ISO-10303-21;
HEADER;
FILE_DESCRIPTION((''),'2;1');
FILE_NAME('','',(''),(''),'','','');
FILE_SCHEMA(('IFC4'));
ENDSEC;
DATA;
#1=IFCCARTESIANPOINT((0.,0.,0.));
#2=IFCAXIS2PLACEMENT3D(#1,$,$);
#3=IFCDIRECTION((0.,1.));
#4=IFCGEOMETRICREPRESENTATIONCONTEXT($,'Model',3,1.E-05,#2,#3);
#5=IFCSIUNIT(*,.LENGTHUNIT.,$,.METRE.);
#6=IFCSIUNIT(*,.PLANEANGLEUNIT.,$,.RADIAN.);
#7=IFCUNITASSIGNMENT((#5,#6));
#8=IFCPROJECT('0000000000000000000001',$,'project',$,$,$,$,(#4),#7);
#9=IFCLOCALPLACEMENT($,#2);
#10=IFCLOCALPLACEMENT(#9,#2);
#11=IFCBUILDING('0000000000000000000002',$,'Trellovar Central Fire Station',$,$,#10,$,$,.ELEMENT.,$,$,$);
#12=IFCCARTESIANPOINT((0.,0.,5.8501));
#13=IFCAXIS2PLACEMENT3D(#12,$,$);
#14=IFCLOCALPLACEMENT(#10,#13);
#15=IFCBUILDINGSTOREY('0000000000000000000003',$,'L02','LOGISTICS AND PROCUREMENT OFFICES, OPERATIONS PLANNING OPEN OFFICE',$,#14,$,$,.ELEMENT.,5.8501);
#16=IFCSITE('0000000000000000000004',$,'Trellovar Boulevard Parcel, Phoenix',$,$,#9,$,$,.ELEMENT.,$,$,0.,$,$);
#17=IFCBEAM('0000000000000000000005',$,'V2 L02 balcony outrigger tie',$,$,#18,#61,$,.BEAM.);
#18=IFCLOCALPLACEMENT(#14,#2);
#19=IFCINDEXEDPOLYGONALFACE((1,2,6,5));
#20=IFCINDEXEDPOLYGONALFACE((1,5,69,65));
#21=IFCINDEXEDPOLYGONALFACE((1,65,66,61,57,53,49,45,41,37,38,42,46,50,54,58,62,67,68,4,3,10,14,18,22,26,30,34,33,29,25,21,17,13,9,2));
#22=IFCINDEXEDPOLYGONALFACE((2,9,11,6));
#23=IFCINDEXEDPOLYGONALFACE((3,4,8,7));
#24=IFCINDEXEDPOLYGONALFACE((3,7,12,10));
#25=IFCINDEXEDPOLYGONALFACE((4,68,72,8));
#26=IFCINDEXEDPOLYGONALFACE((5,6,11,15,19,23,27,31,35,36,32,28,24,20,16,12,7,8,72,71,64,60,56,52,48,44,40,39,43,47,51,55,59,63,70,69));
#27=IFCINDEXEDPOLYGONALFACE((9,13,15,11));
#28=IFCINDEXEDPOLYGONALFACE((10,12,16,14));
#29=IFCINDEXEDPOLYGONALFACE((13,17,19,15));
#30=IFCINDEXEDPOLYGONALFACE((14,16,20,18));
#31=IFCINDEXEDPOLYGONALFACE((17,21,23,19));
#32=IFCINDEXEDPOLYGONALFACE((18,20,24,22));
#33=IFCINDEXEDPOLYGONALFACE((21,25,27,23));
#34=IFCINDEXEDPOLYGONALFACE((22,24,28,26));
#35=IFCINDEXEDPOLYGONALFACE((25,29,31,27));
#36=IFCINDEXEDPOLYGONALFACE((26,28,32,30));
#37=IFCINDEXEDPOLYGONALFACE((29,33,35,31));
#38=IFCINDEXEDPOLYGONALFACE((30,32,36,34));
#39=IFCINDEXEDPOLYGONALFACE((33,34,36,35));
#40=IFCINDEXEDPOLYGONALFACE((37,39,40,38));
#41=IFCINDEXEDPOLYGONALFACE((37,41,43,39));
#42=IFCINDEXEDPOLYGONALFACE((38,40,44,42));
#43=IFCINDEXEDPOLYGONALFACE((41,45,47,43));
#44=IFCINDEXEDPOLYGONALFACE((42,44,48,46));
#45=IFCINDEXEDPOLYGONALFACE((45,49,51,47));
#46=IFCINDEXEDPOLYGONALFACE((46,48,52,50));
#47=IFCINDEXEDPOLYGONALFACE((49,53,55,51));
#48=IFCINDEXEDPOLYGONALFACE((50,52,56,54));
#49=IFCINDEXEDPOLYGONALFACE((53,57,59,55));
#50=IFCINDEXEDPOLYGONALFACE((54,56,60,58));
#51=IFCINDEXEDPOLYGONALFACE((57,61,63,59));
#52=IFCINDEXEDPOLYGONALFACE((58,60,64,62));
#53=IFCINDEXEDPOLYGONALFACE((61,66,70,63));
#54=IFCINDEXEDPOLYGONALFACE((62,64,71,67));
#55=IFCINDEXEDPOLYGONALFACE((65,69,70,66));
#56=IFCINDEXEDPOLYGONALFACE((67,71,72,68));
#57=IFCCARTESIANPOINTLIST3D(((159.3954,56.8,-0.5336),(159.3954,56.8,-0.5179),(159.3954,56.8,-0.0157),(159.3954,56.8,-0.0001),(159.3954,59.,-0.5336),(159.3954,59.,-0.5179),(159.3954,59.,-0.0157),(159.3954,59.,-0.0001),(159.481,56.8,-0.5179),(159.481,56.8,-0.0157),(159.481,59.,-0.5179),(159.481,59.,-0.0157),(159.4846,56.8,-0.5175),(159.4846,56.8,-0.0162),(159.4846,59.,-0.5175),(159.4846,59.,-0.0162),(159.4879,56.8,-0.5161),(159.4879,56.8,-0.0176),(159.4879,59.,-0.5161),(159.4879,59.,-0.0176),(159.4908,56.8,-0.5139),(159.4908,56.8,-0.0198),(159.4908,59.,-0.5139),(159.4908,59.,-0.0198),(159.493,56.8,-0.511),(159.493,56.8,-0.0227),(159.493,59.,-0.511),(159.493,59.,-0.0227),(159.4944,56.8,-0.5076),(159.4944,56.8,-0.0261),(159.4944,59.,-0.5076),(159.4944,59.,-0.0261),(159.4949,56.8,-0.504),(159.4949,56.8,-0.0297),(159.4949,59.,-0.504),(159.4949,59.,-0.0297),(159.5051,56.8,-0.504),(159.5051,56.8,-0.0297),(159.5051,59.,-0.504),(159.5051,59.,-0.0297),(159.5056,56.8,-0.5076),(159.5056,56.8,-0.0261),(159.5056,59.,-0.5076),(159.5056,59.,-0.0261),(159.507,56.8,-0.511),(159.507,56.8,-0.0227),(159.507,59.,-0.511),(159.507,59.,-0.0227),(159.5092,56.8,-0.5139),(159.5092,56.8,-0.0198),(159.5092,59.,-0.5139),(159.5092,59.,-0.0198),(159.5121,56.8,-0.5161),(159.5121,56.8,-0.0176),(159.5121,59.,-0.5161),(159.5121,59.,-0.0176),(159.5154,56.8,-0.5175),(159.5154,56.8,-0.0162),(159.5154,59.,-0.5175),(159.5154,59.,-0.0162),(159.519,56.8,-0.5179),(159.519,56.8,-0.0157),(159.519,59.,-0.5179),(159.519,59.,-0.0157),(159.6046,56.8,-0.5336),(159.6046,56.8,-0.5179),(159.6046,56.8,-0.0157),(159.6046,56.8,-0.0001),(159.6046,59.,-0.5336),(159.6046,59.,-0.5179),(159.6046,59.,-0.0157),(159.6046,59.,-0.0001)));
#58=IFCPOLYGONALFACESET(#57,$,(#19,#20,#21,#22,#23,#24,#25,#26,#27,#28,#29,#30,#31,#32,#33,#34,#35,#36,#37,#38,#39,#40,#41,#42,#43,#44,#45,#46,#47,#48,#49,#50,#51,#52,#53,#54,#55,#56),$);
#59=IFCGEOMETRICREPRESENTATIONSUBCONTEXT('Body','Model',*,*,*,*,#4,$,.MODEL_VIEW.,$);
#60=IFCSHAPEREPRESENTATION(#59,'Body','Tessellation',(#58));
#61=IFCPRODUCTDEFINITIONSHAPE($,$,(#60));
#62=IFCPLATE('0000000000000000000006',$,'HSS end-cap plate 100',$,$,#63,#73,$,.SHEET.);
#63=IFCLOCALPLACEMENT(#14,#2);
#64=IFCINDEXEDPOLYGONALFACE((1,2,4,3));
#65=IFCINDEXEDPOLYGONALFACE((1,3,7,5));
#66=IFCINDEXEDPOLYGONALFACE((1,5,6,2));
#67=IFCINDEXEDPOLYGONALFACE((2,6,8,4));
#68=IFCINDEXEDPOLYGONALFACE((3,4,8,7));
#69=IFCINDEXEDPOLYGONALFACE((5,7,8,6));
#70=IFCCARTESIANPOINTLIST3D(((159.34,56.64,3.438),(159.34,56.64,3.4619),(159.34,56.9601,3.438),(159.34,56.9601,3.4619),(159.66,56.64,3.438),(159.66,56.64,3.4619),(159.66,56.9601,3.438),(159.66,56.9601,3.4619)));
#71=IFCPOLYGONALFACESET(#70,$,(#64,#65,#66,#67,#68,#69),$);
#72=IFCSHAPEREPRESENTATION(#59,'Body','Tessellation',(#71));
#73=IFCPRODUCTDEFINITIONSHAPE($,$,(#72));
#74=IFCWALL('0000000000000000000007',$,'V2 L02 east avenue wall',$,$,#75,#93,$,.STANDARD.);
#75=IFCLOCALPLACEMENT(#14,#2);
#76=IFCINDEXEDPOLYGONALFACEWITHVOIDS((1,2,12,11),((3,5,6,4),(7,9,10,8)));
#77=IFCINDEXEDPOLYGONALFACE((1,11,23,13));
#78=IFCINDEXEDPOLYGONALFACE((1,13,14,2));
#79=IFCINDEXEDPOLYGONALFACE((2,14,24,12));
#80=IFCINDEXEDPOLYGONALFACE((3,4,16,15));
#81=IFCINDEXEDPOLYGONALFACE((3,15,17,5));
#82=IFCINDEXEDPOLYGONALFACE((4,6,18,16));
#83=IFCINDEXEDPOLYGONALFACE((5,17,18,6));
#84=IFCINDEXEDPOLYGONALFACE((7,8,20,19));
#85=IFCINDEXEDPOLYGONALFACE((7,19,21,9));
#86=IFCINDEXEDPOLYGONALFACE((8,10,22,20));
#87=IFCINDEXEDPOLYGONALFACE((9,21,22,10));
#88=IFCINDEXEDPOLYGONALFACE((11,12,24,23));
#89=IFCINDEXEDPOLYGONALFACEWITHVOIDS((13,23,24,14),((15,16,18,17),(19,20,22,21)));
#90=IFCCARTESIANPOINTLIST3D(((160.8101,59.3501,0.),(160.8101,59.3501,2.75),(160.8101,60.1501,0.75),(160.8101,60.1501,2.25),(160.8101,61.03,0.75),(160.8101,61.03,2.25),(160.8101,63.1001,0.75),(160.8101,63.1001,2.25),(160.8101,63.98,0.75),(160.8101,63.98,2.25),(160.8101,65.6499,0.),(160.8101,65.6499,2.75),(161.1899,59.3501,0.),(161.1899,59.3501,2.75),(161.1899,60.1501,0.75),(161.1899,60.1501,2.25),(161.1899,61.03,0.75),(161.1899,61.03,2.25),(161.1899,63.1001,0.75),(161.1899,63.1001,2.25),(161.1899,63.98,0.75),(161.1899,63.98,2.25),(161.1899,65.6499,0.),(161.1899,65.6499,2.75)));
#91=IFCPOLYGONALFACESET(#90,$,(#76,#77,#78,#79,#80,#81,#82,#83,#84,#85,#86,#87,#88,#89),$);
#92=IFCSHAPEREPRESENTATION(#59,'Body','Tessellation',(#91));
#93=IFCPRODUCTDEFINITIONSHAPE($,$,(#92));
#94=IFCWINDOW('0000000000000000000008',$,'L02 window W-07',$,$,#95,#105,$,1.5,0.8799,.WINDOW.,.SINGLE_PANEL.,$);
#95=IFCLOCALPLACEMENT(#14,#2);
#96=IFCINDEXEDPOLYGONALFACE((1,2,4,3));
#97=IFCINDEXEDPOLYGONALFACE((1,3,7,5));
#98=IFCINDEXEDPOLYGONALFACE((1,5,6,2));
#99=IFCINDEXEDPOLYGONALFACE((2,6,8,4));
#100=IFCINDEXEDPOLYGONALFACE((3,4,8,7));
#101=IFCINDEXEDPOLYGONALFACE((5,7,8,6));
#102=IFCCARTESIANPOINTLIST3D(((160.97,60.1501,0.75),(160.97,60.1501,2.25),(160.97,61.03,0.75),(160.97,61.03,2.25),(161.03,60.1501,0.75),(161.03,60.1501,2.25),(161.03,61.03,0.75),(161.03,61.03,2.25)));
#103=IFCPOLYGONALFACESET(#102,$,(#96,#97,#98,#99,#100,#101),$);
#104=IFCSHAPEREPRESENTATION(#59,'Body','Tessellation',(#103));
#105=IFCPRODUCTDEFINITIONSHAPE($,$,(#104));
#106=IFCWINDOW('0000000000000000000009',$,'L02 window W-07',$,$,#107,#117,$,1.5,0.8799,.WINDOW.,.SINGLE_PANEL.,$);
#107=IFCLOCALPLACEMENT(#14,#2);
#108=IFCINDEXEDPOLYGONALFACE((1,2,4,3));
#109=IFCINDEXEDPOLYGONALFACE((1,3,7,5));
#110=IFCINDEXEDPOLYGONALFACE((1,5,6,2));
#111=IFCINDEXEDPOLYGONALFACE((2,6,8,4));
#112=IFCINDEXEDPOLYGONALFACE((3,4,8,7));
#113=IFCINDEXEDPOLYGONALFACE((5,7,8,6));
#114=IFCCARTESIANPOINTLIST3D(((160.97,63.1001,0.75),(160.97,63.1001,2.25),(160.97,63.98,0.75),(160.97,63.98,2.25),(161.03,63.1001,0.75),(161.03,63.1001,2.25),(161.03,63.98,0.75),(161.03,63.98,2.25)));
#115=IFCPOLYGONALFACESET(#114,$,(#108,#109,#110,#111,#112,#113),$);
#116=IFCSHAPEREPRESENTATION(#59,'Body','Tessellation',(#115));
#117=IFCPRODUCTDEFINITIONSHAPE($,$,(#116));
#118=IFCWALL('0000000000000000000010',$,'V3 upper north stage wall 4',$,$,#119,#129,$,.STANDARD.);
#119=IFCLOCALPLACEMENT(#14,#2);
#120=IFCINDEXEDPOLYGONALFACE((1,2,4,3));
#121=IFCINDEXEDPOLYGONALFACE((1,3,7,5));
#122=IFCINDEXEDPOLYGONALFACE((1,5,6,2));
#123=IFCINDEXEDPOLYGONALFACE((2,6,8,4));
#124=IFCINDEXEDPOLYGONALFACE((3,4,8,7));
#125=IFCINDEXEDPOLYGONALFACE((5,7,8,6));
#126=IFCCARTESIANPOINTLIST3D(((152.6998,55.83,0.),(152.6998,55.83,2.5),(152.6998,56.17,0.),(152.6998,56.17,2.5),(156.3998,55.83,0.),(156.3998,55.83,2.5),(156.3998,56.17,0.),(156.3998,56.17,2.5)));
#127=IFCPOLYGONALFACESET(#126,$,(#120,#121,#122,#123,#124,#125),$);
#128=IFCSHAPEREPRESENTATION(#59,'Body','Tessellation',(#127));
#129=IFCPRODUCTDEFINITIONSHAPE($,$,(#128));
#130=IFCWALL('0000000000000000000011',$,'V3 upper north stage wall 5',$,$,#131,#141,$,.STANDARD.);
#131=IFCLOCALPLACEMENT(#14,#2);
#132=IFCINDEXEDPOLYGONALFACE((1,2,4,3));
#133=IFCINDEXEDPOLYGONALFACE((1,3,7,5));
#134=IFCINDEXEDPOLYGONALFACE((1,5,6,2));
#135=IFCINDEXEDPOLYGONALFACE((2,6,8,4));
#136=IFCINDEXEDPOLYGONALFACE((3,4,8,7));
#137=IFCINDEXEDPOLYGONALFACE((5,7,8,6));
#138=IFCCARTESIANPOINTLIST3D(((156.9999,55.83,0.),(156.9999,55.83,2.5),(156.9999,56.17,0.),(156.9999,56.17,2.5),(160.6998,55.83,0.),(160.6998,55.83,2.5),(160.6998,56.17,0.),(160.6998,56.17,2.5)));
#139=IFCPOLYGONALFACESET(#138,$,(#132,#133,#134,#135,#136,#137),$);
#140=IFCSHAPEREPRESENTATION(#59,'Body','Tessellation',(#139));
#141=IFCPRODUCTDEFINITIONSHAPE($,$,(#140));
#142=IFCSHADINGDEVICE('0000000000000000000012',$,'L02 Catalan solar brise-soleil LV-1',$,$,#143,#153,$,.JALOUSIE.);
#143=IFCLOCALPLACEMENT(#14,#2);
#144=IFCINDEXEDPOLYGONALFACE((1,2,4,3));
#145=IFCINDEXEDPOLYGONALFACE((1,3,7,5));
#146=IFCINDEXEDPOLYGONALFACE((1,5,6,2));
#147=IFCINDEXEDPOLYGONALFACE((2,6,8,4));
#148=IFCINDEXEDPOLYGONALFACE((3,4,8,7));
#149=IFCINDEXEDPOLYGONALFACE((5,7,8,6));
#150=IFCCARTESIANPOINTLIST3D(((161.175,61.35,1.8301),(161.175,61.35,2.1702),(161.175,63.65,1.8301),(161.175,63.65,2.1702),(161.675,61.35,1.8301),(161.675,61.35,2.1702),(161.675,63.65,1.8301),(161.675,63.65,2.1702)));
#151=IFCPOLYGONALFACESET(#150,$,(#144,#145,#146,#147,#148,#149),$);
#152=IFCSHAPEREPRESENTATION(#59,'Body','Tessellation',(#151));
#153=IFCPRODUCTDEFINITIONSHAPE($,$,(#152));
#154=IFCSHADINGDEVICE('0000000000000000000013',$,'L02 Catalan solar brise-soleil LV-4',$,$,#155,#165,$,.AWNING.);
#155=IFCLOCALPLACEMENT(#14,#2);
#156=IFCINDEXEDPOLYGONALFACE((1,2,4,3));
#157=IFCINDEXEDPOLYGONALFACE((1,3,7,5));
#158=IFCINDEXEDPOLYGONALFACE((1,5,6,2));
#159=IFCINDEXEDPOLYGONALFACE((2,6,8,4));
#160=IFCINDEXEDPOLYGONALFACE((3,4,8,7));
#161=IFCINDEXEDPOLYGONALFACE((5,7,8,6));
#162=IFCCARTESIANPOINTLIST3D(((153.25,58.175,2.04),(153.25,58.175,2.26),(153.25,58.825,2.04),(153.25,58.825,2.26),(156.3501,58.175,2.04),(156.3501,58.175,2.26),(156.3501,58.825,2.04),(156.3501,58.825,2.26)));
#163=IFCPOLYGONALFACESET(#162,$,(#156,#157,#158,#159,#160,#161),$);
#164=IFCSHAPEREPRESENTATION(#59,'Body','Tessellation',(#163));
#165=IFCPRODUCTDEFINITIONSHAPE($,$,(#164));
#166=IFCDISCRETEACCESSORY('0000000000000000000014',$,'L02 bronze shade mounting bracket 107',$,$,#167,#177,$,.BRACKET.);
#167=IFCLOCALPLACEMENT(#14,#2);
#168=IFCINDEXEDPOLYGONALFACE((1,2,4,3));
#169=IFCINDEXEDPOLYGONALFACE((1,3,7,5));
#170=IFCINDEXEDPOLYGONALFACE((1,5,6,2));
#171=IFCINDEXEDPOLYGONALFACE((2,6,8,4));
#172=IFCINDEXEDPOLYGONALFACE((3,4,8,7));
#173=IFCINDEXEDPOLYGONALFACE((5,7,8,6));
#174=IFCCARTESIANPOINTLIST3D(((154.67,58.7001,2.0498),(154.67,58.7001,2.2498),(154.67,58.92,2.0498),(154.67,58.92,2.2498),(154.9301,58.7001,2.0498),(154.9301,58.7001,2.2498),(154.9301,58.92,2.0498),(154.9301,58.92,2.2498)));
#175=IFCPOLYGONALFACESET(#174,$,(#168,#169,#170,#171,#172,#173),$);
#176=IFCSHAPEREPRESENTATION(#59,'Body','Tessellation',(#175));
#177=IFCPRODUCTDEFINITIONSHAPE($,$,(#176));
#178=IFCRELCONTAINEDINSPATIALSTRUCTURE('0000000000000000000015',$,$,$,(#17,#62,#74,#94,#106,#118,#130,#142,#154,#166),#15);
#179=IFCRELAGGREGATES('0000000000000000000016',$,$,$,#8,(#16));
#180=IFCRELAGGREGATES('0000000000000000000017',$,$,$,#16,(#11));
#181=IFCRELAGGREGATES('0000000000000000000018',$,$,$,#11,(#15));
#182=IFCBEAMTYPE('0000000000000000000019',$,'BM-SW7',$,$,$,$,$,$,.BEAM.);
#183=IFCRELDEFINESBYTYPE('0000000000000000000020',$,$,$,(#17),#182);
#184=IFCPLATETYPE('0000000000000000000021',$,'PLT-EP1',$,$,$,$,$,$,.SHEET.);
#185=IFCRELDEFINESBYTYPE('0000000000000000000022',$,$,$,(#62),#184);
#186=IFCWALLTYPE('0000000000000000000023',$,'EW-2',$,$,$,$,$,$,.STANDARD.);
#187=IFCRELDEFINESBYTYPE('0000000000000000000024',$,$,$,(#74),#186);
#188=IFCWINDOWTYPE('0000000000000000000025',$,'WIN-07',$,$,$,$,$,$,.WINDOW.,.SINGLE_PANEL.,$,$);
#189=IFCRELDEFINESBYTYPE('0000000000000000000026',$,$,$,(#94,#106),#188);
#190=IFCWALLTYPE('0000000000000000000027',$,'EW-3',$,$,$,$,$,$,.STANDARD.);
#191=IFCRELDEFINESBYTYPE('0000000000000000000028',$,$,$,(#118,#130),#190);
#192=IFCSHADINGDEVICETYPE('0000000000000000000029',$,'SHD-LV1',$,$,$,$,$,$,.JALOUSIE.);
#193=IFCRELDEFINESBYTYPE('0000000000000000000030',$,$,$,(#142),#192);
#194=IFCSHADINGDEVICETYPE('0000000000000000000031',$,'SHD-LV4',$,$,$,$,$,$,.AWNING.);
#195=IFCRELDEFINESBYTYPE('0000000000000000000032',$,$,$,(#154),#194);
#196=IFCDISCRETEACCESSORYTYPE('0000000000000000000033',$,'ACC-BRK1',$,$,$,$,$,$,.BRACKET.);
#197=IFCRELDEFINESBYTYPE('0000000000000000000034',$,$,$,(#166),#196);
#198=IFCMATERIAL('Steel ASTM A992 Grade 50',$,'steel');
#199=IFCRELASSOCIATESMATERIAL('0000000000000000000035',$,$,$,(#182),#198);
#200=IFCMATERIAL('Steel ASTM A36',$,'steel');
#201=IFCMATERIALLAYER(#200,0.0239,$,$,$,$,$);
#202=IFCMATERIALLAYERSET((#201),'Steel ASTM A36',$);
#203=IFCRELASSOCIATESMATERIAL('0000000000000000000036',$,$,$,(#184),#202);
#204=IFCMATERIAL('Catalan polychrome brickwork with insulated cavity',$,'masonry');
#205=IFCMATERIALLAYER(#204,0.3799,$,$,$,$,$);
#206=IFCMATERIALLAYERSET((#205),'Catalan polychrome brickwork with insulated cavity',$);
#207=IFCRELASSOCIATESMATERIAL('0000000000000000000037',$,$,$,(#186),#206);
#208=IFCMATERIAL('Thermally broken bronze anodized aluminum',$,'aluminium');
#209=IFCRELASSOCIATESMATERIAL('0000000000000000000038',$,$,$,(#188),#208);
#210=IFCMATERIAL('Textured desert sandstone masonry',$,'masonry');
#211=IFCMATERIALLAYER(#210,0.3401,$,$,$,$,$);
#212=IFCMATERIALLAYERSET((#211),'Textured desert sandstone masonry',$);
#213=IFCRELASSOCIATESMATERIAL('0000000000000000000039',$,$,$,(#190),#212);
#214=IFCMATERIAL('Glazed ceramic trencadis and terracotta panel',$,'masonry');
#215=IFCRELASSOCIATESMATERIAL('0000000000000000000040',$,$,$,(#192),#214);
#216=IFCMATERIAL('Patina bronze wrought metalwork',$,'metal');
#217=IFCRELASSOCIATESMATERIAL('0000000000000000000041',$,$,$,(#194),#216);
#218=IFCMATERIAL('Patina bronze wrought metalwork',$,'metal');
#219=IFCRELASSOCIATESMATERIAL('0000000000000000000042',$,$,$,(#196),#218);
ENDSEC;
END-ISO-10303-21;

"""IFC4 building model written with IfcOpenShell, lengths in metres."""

from ifc_helpers import new_model, si_unit, direction, frame, frame_2d, origin, origin_2d, place, context, subcontext, project, spatial, rectangle, i_section, extrude, material, layer, layer_set, material_profile, profile_set, type_object, element, fill, save


model = new_model("IFC4")

# Units and contexts
model_context = context("Model", 3, precision=1e-05, world=origin(), true_north=direction((0.0, 1.0)))
body_context = subcontext(model_context, "Body", "Model", "MODEL_VIEW")
ifc_project = project(units=[si_unit("LENGTHUNIT", "METRE"), si_unit("PLANEANGLEUNIT", "RADIAN")], contexts=[model_context])

# Site, building, storey
site_placement = place(None, origin())
site = spatial("IfcSite", under=ifc_project, at=site_placement, Name="Trellovar Boulevard Parcel, Phoenix", CompositionType="ELEMENT", RefElevation=0.0)
building_placement = place(site_placement, origin())
building = spatial("IfcBuilding", under=site, at=building_placement, Name="Trellovar Central Fire Station", CompositionType="ELEMENT")
storey_placement = place(building_placement, frame((0.0, 0.0, 5.8501)))
storey = spatial("IfcBuildingStorey", under=building, at=storey_placement, Name="L02", Description="LOGISTICS AND PROCUREMENT OFFICES, OPERATIONS PLANNING OPEN OFFICE", CompositionType="ELEMENT", Elevation=5.8501)

# Beam
ifc_material_1 = material(Name="Steel ASTM A992 Grade 50", Category="steel")
ifc_material_profile_1 = material_profile(ifc_material_1, i_section(OverallWidth=0.2092, OverallDepth=0.5334, WebThickness=0.0103, FlangeThickness=0.0156, FilletRadius=0.0139, at=origin_2d()), Name="W21X62")
ifc_profile_set_1 = profile_set([ifc_material_profile_1], Name="Steel ASTM A992 Grade 50")
beam_type_1 = type_object("IfcBeamType", Name="BM-SW7", PredefinedType="BEAM", material=ifc_profile_set_1)
beam_1_placement = place(storey_placement, frame((159.5, 56.8, -0.2668), z_axis=(0.0, 1.0, 0.0), x_axis=(-1.0, 0.0, 0.0)))
element("IfcBeam", 1, at=beam_1_placement, inside=storey, type_object=beam_type_1, Name="V2 L02 balcony outrigger tie", PredefinedType="BEAM", context=body_context, shape_type="SweptSolid", body=[
    extrude(i_section(OverallWidth=0.2092, OverallDepth=0.5334, WebThickness=0.0103, FlangeThickness=0.0156, FilletRadius=0.0139, at=origin_2d()), origin(), (0.0, 0.0, 1.0), 2.2),
])

# Plate
ifc_material_2 = material(Name="Steel ASTM A36", Category="steel")
ifc_layer_1 = layer(ifc_material_2, 0.0239)
ifc_layer_set_1 = layer_set([ifc_layer_1], Name="Steel ASTM A36")
plate_type = type_object("IfcPlateType", Name="PLT-EP1", PredefinedType="SHEET", material=ifc_layer_set_1)
plate_placement = place(storey_placement, frame((159.5, 56.8, 3.438), z_axis=(0.0, 0.0, 1.0), x_axis=(1.0, 0.0, 0.0)))
element("IfcPlate", 2, at=plate_placement, inside=storey, type_object=plate_type, Name="HSS end-cap plate 100", PredefinedType="SHEET", context=body_context, shape_type="SweptSolid", body=[
    extrude(rectangle(XDim=0.3201, YDim=0.3201, at=origin_2d()), origin(), (0.0, 0.0, 1.0), 0.0239),
])

# Wall, openings, windows
ifc_material_3 = material(Name="Catalan polychrome brickwork with insulated cavity", Category="masonry")
ifc_layer_2 = layer(ifc_material_3, 0.3799)
ifc_layer_set_2 = layer_set([ifc_layer_2], Name="Catalan polychrome brickwork with insulated cavity")
wall_type_1 = type_object("IfcWallType", Name="EW-2", PredefinedType="STANDARD", material=ifc_layer_set_2)
wall_1_placement = place(storey_placement, frame((161.0, 59.3501, 0.0), z_axis=(0.0, 0.0, 1.0), x_axis=(0.0, 1.0, 0.0)))
wall_1 = element("IfcWall", 3, at=wall_1_placement, inside=storey, type_object=wall_type_1, Name="V2 L02 east avenue wall", PredefinedType="STANDARD", context=body_context, shape_type="SweptSolid", body=[
    extrude(rectangle(XDim=6.2998, YDim=0.3799, at=frame_2d((3.1499, 0.0))), origin(), (0.0, 0.0, 1.0), 2.75),
])
opening_1_placement = place(wall_1_placement, frame((0.8, 0.0, 0.75)))
opening_1 = element("IfcOpeningElement", 4, at=opening_1_placement, cuts=wall_1, PredefinedType="OPENING", context=body_context, shape_type="SweptSolid", body=[
    extrude(rectangle(XDim=0.8799, YDim=1.5, at=frame_2d((0.4399, 0.75))), frame((0.0, 0.2, 0.0), z_axis=(0.0, -1.0, 0.0), x_axis=(1.0, 0.0, 0.0)), (0.0, 0.0, 1.0), 0.3999),
])
opening_2_placement = place(wall_1_placement, frame((3.75, 0.0, 0.75)))
opening_2 = element("IfcOpeningElement", 5, at=opening_2_placement, cuts=wall_1, PredefinedType="OPENING", context=body_context, shape_type="SweptSolid", body=[
    extrude(rectangle(XDim=0.8799, YDim=1.5, at=frame_2d((0.4399, 0.75))), frame((0.0, 0.2, 0.0), z_axis=(0.0, -1.0, 0.0), x_axis=(1.0, 0.0, 0.0)), (0.0, 0.0, 1.0), 0.3999),
])
ifc_material_4 = material(Name="Thermally broken bronze anodized aluminum", Category="aluminium")
window_type = type_object("IfcWindowType", Name="WIN-07", PartitioningType="SINGLE_PANEL", PredefinedType="WINDOW", material=ifc_material_4)
window_1_placement = place(opening_1_placement, origin())
window_1 = element("IfcWindow", 6, at=window_1_placement, inside=storey, type_object=window_type, Name="L02 window W-07", OverallHeight=1.5, OverallWidth=0.8799, PartitioningType="SINGLE_PANEL", PredefinedType="WINDOW", context=body_context, shape_type="SweptSolid", body=[
    extrude(rectangle(XDim=0.8799, YDim=1.5, at=frame_2d((0.4399, 0.75))), frame((0.0, 0.03, 0.0), z_axis=(0.0, -1.0, 0.0), x_axis=(1.0, 0.0, 0.0)), (0.0, 0.0, 1.0), 0.0601),
])
fill(opening_1, window_1)
window_2_placement = place(opening_2_placement, origin())
window_2 = element("IfcWindow", 7, at=window_2_placement, inside=storey, type_object=window_type, Name="L02 window W-07", OverallHeight=1.5, OverallWidth=0.8799, PartitioningType="SINGLE_PANEL", PredefinedType="WINDOW", context=body_context, shape_type="SweptSolid", body=[
    extrude(rectangle(XDim=0.8799, YDim=1.5, at=frame_2d((0.4399, 0.75))), frame((0.0, 0.03, 0.0), z_axis=(0.0, -1.0, 0.0), x_axis=(1.0, 0.0, 0.0)), (0.0, 0.0, 1.0), 0.0601),
])
fill(opening_2, window_2)

# Walls
ifc_material_5 = material(Name="Textured desert sandstone masonry", Category="masonry")
ifc_layer_3 = layer(ifc_material_5, 0.3401)
ifc_layer_set_3 = layer_set([ifc_layer_3], Name="Textured desert sandstone masonry")
wall_type_2 = type_object("IfcWallType", Name="EW-3", PredefinedType="STANDARD", material=ifc_layer_set_3)
for number, where, z_axis, x_axis, name in (
    (8, (156.3999, 56.0, 0.0), (0.0, 0.0, 1.0), (-1.0, 0.0, 0.0), "V3 upper north stage wall 4"),
    (9, (160.7, 56.0, 0.0), (0.0, 0.0, 1.0), (-1.0, 0.0, 0.0), "V3 upper north stage wall 5"),
):
    element("IfcWall", number, at=place(storey_placement, frame(where, z_axis=z_axis, x_axis=x_axis)), inside=storey, type_object=wall_type_2, Name=name, PredefinedType="STANDARD", context=body_context, shape_type="SweptSolid", body=[
        extrude(rectangle(XDim=3.7, YDim=0.3401, at=frame_2d((1.8501, 0.0))), origin(), (0.0, 0.0, 1.0), 2.5),
    ])

# Shading devices
ifc_material_6 = material(Name="Glazed ceramic trencadis and terracotta panel", Category="masonry")
shading_device_type_1 = type_object("IfcShadingDeviceType", Name="SHD-LV1", PredefinedType="JALOUSIE", material=ifc_material_6)
shading_device_1_placement = place(storey_placement, frame((161.425, 62.5, 1.8301), z_axis=(0.0, 0.0, 1.0), x_axis=(0.0, 1.0, 0.0)))
element("IfcShadingDevice", 10, at=shading_device_1_placement, inside=storey, type_object=shading_device_type_1, Name="L02 Catalan solar brise-soleil LV-1", PredefinedType="JALOUSIE", context=body_context, shape_type="SweptSolid", body=[
    extrude(rectangle(XDim=2.3, YDim=0.5, at=origin_2d()), origin(), (0.0, 0.0, 1.0), 0.3401),
])
ifc_material_7 = material(Name="Patina bronze wrought metalwork", Category="metal")
shading_device_type_2 = type_object("IfcShadingDeviceType", Name="SHD-LV4", PredefinedType="AWNING", material=ifc_material_7)
shading_device_2_placement = place(storey_placement, frame((154.8, 58.5, 2.04), z_axis=(0.0, 0.0, 1.0), x_axis=(1.0, 0.0, 0.0)))
element("IfcShadingDevice", 11, at=shading_device_2_placement, inside=storey, type_object=shading_device_type_2, Name="L02 Catalan solar brise-soleil LV-4", PredefinedType="AWNING", context=body_context, shape_type="SweptSolid", body=[
    extrude(rectangle(XDim=3.1001, YDim=0.6499, at=origin_2d()), origin(), (0.0, 0.0, 1.0), 0.22),
])

# Discrete accessory
ifc_material_8 = material(Name="Patina bronze wrought metalwork", Category="metal")
discrete_accessory_type = type_object("IfcDiscreteAccessoryType", Name="ACC-BRK1", PredefinedType="BRACKET", material=ifc_material_8)
for number, where, z_axis, x_axis, name in (
    (12, (154.8, 58.8101, 2.0498), (0.0, 0.0, 1.0), (1.0, 0.0, 0.0), "L02 bronze shade mounting bracket 107"),
):
    element("IfcDiscreteAccessory", number, at=place(storey_placement, frame(where, z_axis=z_axis, x_axis=x_axis)), inside=storey, type_object=discrete_accessory_type, Name=name, PredefinedType="BRACKET", context=body_context, shape_type="SweptSolid", body=[
        extrude(rectangle(XDim=0.26, YDim=0.22, at=origin_2d()), origin(), (0.0, 0.0, 1.0), 0.2),
    ])

save(model, "model.ifc")
